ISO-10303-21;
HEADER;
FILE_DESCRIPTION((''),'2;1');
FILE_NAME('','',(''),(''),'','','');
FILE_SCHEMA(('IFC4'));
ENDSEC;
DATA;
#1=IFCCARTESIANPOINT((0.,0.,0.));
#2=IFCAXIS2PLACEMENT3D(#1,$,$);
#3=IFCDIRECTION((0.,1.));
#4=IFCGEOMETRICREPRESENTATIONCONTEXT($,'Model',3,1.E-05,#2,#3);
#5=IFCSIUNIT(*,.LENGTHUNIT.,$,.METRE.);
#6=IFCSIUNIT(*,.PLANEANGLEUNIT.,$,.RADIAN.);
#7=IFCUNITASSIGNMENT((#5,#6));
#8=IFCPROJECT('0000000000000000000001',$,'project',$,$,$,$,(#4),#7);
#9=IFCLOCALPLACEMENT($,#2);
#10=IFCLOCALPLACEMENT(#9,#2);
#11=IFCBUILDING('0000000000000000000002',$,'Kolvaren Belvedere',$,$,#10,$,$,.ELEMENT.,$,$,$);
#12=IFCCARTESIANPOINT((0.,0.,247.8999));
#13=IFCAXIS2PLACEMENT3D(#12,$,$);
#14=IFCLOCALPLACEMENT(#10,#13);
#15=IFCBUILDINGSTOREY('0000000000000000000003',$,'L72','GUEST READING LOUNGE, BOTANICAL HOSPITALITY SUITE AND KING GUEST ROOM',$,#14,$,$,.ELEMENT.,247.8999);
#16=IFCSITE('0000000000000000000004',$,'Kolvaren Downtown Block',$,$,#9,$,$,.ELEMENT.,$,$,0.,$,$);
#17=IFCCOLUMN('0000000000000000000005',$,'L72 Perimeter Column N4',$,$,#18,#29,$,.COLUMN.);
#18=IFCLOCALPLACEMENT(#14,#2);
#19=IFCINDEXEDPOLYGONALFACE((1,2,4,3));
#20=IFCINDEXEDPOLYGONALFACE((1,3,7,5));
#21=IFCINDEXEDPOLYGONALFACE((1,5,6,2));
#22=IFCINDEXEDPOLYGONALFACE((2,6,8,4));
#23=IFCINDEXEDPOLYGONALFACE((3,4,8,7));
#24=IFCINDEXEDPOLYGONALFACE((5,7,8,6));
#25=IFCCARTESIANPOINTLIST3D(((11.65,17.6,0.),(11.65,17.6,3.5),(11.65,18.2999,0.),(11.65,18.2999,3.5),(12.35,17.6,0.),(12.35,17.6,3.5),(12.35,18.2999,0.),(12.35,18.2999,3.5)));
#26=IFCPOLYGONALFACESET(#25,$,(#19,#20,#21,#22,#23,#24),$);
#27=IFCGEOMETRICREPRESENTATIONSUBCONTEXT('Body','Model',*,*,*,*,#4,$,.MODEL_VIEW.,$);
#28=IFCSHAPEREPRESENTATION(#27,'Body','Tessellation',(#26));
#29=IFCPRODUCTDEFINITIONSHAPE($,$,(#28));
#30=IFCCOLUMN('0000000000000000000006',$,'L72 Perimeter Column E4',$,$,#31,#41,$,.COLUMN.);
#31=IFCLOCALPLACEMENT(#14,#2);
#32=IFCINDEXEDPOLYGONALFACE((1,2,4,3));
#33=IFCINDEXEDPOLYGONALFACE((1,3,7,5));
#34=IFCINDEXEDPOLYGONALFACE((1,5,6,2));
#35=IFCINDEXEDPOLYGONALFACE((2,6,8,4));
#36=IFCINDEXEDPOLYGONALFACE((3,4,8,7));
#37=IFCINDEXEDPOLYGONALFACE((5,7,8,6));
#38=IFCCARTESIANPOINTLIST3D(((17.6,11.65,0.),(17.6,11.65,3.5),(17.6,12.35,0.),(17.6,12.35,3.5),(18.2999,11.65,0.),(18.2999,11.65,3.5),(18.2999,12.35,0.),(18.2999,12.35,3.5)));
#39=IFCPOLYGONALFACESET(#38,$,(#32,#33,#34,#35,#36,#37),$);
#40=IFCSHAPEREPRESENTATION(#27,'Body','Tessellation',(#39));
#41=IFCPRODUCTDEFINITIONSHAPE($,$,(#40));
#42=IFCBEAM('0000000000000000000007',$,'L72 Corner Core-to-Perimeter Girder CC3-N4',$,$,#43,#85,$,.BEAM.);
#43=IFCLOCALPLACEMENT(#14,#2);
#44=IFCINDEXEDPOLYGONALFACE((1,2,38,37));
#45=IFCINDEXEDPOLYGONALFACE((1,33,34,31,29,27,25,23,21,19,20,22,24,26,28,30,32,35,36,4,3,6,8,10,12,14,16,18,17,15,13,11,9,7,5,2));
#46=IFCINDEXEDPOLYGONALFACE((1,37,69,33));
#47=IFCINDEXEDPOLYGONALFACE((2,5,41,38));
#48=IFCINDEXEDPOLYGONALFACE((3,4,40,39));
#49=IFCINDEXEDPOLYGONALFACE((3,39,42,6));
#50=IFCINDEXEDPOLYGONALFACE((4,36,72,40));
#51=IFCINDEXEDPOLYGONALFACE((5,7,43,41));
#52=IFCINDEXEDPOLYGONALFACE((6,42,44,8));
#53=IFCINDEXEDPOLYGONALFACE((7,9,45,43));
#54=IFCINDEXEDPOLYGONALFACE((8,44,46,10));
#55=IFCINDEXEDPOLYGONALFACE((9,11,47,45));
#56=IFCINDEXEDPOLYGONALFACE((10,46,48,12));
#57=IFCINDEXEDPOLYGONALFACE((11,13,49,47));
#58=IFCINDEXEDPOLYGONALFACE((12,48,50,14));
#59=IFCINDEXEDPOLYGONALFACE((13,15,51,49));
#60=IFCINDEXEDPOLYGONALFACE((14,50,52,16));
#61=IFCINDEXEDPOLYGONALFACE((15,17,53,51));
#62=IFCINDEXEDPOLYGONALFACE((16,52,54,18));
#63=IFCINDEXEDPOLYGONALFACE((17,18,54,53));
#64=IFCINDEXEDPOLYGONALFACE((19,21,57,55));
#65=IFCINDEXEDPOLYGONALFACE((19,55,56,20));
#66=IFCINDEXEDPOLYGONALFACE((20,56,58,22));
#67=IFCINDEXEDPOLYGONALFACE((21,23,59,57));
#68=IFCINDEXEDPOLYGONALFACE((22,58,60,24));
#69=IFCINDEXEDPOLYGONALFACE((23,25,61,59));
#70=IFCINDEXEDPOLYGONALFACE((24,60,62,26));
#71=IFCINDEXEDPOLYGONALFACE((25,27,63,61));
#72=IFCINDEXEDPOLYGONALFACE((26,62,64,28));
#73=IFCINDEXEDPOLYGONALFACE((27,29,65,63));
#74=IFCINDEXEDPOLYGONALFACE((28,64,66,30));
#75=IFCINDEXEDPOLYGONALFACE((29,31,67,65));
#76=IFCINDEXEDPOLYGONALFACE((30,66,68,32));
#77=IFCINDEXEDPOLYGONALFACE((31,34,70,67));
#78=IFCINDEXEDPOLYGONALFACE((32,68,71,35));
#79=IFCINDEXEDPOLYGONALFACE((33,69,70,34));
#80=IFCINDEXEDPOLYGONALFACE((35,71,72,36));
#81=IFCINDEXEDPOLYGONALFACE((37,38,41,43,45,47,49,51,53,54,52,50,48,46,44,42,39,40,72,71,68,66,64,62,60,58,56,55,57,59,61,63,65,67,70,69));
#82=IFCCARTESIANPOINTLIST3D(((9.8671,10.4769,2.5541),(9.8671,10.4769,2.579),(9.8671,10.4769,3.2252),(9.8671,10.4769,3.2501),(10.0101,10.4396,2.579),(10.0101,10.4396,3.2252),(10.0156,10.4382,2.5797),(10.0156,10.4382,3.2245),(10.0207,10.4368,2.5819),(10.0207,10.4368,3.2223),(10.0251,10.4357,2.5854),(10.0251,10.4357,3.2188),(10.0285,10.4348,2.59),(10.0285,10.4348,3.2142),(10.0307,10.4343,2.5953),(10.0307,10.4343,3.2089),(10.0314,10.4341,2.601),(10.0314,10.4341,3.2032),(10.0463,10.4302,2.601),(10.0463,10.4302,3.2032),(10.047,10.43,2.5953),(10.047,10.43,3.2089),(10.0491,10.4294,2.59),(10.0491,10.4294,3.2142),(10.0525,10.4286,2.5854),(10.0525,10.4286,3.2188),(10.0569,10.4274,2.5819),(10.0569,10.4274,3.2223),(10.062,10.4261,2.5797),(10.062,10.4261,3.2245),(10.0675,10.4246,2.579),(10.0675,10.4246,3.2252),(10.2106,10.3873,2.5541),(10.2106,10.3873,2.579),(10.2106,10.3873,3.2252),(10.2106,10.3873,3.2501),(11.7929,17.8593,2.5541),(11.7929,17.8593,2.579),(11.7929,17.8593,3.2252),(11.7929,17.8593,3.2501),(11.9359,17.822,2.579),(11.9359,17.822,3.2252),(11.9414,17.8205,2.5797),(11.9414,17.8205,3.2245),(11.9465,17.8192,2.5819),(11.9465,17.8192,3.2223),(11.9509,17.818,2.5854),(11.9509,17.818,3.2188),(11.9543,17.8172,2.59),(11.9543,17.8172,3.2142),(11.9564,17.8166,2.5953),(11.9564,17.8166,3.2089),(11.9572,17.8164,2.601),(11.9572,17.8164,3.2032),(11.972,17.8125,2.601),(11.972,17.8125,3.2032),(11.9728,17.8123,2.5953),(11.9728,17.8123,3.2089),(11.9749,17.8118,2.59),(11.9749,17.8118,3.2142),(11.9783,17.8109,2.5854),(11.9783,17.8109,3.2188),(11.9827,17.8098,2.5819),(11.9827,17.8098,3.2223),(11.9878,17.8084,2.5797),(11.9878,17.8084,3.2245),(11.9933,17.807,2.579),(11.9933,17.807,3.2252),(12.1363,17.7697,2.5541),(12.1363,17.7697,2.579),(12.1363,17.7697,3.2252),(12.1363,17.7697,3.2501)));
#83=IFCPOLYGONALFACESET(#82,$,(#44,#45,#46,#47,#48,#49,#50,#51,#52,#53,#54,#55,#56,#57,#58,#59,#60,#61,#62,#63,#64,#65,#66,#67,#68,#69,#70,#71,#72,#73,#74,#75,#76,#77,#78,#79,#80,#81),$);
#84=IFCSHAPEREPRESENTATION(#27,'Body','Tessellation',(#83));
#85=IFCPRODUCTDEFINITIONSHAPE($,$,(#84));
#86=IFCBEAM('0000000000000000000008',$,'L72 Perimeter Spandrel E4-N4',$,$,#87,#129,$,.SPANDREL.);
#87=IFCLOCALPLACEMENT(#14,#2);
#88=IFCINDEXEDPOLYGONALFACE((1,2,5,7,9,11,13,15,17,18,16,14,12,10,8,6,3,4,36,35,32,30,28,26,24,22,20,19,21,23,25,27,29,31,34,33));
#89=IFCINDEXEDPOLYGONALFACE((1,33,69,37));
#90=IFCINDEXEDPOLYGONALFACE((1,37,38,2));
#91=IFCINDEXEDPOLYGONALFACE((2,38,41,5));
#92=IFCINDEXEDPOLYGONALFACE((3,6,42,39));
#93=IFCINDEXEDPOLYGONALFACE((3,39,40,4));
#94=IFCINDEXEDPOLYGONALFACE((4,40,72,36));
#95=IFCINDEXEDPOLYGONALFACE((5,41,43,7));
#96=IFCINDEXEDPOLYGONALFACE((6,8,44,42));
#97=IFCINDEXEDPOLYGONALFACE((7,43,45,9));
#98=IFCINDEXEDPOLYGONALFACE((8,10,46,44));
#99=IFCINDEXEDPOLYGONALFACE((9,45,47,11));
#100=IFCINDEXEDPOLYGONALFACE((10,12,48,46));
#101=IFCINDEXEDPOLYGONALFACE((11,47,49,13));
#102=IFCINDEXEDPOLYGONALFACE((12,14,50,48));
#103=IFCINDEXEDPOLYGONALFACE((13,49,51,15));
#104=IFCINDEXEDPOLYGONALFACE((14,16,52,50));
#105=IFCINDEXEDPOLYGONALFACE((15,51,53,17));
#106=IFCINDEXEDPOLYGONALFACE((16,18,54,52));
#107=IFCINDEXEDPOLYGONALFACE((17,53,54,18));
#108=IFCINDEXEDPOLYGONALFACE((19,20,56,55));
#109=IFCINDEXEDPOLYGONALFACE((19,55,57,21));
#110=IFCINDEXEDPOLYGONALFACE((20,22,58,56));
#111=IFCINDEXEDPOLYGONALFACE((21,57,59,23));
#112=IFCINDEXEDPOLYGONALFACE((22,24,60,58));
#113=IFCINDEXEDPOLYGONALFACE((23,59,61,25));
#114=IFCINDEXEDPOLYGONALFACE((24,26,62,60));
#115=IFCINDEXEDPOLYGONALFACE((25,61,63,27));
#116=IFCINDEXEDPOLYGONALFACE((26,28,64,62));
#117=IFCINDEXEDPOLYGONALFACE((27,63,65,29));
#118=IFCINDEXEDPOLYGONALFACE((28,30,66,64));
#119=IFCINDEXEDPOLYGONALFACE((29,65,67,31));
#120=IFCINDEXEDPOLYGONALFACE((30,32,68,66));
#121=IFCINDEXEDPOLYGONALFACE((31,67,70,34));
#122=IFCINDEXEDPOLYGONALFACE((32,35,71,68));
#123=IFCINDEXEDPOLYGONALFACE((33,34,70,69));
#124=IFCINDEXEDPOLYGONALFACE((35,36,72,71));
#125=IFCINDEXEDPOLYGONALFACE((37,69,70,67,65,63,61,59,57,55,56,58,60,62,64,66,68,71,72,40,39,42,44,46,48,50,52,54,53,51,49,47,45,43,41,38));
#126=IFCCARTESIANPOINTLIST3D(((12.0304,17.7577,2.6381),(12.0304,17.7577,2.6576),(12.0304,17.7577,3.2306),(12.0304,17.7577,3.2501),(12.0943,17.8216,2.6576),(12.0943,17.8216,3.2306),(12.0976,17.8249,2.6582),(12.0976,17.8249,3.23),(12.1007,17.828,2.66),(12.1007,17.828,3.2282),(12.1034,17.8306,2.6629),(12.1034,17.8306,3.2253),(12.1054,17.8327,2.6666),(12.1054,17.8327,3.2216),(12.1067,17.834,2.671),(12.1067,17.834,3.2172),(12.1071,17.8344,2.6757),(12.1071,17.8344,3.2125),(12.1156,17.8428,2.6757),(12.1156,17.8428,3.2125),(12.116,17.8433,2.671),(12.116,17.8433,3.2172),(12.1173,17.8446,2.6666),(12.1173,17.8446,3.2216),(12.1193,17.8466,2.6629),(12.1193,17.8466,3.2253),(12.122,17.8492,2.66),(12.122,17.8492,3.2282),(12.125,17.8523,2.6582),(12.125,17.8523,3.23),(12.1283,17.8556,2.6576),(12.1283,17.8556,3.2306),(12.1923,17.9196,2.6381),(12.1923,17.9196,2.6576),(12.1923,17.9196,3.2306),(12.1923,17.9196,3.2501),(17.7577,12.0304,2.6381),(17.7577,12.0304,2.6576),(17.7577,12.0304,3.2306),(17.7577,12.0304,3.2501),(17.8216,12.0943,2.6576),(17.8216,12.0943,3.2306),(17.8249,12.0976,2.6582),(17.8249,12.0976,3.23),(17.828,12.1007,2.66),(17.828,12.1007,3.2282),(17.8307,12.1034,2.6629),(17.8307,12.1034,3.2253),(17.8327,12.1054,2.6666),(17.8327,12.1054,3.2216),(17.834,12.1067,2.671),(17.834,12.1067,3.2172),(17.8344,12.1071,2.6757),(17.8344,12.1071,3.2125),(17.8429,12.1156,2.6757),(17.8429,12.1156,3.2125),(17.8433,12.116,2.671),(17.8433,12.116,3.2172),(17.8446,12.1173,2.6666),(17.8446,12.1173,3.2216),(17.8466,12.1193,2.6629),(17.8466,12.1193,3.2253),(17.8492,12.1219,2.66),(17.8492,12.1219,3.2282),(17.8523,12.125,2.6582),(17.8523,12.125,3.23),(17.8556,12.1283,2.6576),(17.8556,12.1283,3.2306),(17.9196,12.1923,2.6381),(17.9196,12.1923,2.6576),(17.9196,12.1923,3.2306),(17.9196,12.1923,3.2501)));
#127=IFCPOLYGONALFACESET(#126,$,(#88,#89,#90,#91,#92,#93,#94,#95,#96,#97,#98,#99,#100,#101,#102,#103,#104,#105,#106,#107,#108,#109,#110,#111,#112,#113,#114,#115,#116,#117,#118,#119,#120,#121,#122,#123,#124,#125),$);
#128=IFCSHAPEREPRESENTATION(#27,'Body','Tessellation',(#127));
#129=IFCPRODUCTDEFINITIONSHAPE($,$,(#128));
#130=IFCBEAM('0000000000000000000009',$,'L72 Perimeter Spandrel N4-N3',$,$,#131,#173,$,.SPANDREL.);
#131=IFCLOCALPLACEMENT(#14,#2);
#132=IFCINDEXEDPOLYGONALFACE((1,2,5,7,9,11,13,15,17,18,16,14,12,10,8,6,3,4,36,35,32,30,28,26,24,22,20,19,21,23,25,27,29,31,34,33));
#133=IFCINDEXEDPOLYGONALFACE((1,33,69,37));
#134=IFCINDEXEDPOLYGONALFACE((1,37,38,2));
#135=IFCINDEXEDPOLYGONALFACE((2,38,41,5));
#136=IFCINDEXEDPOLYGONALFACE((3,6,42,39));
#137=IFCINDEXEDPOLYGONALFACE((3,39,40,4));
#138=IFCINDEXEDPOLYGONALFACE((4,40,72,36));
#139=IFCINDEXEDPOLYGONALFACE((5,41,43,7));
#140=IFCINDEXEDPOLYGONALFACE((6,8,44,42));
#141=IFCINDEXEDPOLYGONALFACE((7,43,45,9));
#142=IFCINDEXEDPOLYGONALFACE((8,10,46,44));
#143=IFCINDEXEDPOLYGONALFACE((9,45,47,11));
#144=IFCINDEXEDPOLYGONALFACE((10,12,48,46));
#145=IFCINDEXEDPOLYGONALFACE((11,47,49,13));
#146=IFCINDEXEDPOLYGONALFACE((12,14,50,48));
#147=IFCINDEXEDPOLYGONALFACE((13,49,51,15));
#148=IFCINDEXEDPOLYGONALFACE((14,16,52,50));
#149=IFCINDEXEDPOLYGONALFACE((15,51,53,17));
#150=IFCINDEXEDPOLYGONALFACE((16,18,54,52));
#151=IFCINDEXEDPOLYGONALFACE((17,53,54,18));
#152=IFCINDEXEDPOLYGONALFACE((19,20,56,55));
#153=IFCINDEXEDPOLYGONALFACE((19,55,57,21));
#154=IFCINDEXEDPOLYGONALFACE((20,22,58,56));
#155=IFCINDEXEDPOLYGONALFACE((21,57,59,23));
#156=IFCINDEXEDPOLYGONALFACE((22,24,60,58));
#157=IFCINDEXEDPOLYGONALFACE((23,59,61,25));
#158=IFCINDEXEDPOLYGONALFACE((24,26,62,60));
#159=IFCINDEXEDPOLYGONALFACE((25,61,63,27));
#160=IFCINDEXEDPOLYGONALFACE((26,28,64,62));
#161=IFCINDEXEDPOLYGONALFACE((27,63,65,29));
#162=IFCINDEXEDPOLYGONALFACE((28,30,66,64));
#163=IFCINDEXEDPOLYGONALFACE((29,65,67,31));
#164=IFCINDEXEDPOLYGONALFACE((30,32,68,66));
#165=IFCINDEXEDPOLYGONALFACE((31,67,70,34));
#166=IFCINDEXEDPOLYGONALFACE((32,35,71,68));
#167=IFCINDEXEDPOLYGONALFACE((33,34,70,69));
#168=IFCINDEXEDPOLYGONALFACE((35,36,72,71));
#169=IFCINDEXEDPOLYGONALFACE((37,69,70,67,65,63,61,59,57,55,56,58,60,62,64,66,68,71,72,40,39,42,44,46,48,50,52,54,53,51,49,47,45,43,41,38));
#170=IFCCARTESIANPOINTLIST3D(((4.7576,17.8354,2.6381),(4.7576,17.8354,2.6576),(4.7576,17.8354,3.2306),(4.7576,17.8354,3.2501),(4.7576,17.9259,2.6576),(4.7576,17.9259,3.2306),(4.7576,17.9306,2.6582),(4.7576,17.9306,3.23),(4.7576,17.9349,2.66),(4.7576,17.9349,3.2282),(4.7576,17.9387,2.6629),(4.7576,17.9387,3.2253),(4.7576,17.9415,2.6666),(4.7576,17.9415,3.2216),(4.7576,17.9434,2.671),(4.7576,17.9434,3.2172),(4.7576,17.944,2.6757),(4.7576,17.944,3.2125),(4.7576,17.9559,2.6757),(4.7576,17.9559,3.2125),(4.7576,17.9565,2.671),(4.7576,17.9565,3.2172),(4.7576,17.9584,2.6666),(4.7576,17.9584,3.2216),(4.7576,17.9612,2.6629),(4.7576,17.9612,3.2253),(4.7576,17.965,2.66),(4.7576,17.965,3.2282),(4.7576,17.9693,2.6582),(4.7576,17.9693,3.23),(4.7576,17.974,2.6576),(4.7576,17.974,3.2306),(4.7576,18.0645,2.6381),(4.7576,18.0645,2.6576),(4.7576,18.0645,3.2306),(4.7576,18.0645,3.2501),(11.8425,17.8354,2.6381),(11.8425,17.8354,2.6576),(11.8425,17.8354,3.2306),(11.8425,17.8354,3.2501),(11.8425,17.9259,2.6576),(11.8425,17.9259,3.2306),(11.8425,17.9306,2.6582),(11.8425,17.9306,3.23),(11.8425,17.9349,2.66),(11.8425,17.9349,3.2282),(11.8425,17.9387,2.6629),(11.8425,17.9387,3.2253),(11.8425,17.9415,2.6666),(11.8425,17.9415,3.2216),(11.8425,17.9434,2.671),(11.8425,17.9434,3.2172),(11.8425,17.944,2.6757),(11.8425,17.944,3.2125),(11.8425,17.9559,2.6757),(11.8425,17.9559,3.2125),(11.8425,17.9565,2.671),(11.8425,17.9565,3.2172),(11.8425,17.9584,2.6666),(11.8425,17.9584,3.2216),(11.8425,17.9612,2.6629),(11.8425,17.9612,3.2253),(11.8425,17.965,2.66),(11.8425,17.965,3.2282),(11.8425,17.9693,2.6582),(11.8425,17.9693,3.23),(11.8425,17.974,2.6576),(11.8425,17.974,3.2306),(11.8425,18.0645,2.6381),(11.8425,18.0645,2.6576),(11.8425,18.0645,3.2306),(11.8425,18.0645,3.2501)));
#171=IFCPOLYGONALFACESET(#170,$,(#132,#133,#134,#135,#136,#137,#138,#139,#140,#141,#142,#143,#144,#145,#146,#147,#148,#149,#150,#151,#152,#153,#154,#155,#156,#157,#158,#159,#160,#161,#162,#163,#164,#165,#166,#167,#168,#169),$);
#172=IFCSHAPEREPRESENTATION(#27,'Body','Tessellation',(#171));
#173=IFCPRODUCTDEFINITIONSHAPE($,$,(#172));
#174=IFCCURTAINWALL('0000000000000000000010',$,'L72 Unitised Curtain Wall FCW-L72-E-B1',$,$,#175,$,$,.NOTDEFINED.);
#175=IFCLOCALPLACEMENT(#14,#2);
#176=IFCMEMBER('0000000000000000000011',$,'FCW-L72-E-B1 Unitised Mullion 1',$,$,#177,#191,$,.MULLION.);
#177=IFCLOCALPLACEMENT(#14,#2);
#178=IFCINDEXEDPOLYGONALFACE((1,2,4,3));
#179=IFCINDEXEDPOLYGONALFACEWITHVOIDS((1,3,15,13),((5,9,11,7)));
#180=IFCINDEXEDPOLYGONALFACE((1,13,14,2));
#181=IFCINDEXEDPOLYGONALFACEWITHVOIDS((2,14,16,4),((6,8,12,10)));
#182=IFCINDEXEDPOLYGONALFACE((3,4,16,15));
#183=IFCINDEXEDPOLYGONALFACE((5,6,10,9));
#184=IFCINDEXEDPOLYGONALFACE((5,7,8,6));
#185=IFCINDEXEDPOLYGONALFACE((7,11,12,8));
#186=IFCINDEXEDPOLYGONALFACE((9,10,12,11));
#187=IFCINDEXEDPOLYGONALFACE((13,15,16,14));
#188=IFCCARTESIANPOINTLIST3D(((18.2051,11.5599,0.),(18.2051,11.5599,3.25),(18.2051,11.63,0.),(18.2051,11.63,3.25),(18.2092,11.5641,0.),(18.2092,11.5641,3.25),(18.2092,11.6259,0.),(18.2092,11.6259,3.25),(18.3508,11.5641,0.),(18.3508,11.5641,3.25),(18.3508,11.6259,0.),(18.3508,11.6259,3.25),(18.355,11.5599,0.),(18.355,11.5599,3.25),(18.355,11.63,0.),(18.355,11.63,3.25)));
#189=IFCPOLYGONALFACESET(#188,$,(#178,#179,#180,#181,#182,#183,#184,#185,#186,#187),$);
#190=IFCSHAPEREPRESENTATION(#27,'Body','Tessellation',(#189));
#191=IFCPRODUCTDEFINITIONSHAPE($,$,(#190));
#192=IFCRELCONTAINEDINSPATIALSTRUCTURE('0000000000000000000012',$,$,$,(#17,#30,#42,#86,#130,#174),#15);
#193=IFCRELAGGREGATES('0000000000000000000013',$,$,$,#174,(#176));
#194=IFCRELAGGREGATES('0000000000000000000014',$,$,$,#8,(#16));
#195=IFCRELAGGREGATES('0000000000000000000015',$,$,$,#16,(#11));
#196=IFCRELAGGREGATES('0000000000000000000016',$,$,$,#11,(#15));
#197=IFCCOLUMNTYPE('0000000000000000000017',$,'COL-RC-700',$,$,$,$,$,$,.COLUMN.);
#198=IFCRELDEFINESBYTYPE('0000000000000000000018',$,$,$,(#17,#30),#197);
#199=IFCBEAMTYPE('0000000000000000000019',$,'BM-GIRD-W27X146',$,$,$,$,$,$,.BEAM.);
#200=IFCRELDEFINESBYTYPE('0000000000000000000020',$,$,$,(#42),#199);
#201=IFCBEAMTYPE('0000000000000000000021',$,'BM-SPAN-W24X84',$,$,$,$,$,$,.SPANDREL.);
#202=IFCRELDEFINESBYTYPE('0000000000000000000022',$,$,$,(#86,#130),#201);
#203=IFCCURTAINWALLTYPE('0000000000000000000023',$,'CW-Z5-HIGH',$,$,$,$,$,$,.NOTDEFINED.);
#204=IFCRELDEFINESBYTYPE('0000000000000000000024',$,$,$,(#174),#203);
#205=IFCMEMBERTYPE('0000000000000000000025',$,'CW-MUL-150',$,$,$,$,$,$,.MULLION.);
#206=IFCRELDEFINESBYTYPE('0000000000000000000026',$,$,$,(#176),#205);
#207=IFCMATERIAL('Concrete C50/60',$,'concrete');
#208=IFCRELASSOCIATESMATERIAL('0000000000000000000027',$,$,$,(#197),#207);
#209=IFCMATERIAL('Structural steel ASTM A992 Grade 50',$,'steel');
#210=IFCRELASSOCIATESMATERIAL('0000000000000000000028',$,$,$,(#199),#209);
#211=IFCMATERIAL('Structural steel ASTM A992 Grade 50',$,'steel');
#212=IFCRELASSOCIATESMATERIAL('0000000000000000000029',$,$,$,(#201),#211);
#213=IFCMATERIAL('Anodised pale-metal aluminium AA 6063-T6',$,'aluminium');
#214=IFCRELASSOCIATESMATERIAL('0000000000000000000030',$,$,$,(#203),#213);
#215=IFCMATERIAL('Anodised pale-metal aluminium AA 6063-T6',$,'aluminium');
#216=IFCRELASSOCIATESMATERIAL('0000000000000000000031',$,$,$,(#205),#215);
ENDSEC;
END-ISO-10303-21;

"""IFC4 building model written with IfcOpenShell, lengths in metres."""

from ifc_helpers import new_model, si_unit, direction, frame, origin, origin_2d, place, context, subcontext, project, spatial, rectangle, hollow_rectangle, i_section, extrude, material, material_profile, profile_set, type_object, element, aggregate, save


model = new_model("IFC4")

# Units and contexts
model_context = context("Model", 3, precision=1e-05, world=origin(), true_north=direction((0.0, 1.0)))
body_context = subcontext(model_context, "Body", "Model", "MODEL_VIEW")
ifc_project = project(units=[si_unit("LENGTHUNIT", "METRE"), si_unit("PLANEANGLEUNIT", "RADIAN")], contexts=[model_context])

# Site, building, storey
site_placement = place(None, origin())
site = spatial("IfcSite", under=ifc_project, at=site_placement, Name="Kolvaren Downtown Block", CompositionType="ELEMENT", RefElevation=0.0)
building_placement = place(site_placement, origin())
building = spatial("IfcBuilding", under=site, at=building_placement, Name="Kolvaren Belvedere", CompositionType="ELEMENT")
storey_placement = place(building_placement, frame((0.0, 0.0, 247.8999)))
storey = spatial("IfcBuildingStorey", under=building, at=storey_placement, Name="L72", Description="GUEST READING LOUNGE, BOTANICAL HOSPITALITY SUITE AND KING GUEST ROOM", CompositionType="ELEMENT", Elevation=247.8999)

# Columns
ifc_material_1 = material(Name="Concrete C50/60", Category="concrete")
ifc_material_profile_1 = material_profile(ifc_material_1, rectangle(XDim=0.7, YDim=0.7, at=origin_2d()), Name="RC 700X700")
ifc_profile_set_1 = profile_set([ifc_material_profile_1], Name="Concrete C50/60")
column_type = type_object("IfcColumnType", Name="COL-RC-700", PredefinedType="COLUMN", material=ifc_profile_set_1)
for number, where, z_axis, x_axis, name in (
    (1, (12.0, 17.95, 0.0), (0.0, 0.0, 1.0), (1.0, 0.0, 0.0), "L72 Perimeter Column N4"),
    (2, (17.95, 12.0, 0.0), (0.0, 0.0, 1.0), (1.0, 0.0, 0.0), "L72 Perimeter Column E4"),
):
    element("IfcColumn", number, at=place(storey_placement, frame(where, z_axis=z_axis, x_axis=x_axis)), inside=storey, type_object=column_type, Name=name, PredefinedType="COLUMN", context=body_context, shape_type="SweptSolid", body=[
        extrude(rectangle(XDim=0.7, YDim=0.7, at=origin_2d()), origin(), (0.0, 0.0, 1.0), 3.5),
    ])

# Beams
ifc_material_2 = material(Name="Structural steel ASTM A992 Grade 50", Category="steel")
ifc_material_profile_2 = material_profile(ifc_material_2, i_section(OverallWidth=0.355, OverallDepth=0.696, WebThickness=0.0154, FlangeThickness=0.0249, FilletRadius=0.022, at=origin_2d()), Name="W27X146")
ifc_profile_set_2 = profile_set([ifc_material_profile_2], Name="Structural steel ASTM A992 Grade 50")
beam_type_1 = type_object("IfcBeamType", Name="BM-GIRD-W27X146", PredefinedType="BEAM", material=ifc_profile_set_2)
beam_1_placement = place(storey_placement, frame((10.0388, 10.4321, 2.9021), z_axis=(0.252417, 0.967619, 0.0), x_axis=(-0.967619, 0.252417, 0.0)))
element("IfcBeam", 3, at=beam_1_placement, inside=storey, type_object=beam_type_1, Name="L72 Corner Core-to-Perimeter Girder CC3-N4", PredefinedType="BEAM", context=body_context, shape_type="SweptSolid", body=[
    extrude(i_section(OverallWidth=0.355, OverallDepth=0.696, WebThickness=0.0154, FlangeThickness=0.0249, FilletRadius=0.022, at=origin_2d()), origin(), (0.0, 0.0, 1.0), 7.6294),
])
ifc_material_3 = material(Name="Structural steel ASTM A992 Grade 50", Category="steel")
ifc_material_profile_3 = material_profile(ifc_material_3, i_section(OverallWidth=0.229, OverallDepth=0.6121, WebThickness=0.012, FlangeThickness=0.0195, FilletRadius=0.0181, at=origin_2d()), Name="W24X84")
ifc_profile_set_3 = profile_set([ifc_material_profile_3], Name="Structural steel ASTM A992 Grade 50")
beam_type_2 = type_object("IfcBeamType", Name="BM-SPAN-W24X84", PredefinedType="SPANDREL", material=ifc_profile_set_3)
beam_2_placement = place(storey_placement, frame((17.8386, 12.1113, 2.9441), z_axis=(-0.707107, 0.707107, 0.0), x_axis=(-0.707107, -0.707107, 0.0)))
element("IfcBeam", 4, at=beam_2_placement, inside=storey, type_object=beam_type_2, Name="L72 Perimeter Spandrel E4-N4", PredefinedType="SPANDREL", context=body_context, shape_type="SweptSolid", body=[
    extrude(i_section(OverallWidth=0.229, OverallDepth=0.6121, WebThickness=0.012, FlangeThickness=0.0195, FilletRadius=0.0181, at=origin_2d()), origin(), (0.0, 0.0, 1.0), 8.0996),
])
beam_3_placement = place(storey_placement, frame((11.8425, 17.95, 2.9441), z_axis=(-1.0, 0.0, 0.0), x_axis=(0.0, -1.0, 0.0)))
element("IfcBeam", 5, at=beam_3_placement, inside=storey, type_object=beam_type_2, Name="L72 Perimeter Spandrel N4-N3", PredefinedType="SPANDREL", context=body_context, shape_type="SweptSolid", body=[
    extrude(i_section(OverallWidth=0.229, OverallDepth=0.6121, WebThickness=0.012, FlangeThickness=0.0195, FilletRadius=0.0181, at=origin_2d()), origin(), (0.0, 0.0, 1.0), 7.085),
])

# Curtain wall, member
ifc_material_4 = material(Name="Anodised pale-metal aluminium AA 6063-T6", Category="aluminium")
curtain_wall_type = type_object("IfcCurtainWallType", Name="CW-Z5-HIGH", PredefinedType="NOTDEFINED", material=ifc_material_4)
curtain_wall_1_placement = place(storey_placement, origin())
curtain_wall_1 = element("IfcCurtainWall", 6, at=curtain_wall_1_placement, inside=storey, type_object=curtain_wall_type, Name="L72 Unitised Curtain Wall FCW-L72-E-B1", PredefinedType="NOTDEFINED")
ifc_material_5 = material(Name="Anodised pale-metal aluminium AA 6063-T6", Category="aluminium")
ifc_material_profile_4 = material_profile(ifc_material_5, hollow_rectangle(XDim=0.0701, YDim=0.1499, WallThickness=0.0042, at=origin_2d()), Name="ALU-MUL-150X70")
ifc_profile_set_4 = profile_set([ifc_material_profile_4], Name="Anodised pale-metal aluminium AA 6063-T6")
member_type_1 = type_object("IfcMemberType", Name="CW-MUL-150", PredefinedType="MULLION", material=ifc_profile_set_4)
member_1_placement = place(storey_placement, frame((18.28, 11.595, 0.0), z_axis=(0.0, 0.0, 1.0), x_axis=(0.0, 1.0, 0.0)))
member_1 = element("IfcMember", 7, at=member_1_placement, type_object=member_type_1, Name="FCW-L72-E-B1 Unitised Mullion 1", PredefinedType="MULLION", context=body_context, shape_type="SweptSolid", body=[
    extrude(hollow_rectangle(XDim=0.0701, YDim=0.1499, WallThickness=0.0042, at=origin_2d()), origin(), (0.0, 0.0, 1.0), 3.25),
])

aggregate(curtain_wall_1, [member_1])

save(model, "model.ifc")
